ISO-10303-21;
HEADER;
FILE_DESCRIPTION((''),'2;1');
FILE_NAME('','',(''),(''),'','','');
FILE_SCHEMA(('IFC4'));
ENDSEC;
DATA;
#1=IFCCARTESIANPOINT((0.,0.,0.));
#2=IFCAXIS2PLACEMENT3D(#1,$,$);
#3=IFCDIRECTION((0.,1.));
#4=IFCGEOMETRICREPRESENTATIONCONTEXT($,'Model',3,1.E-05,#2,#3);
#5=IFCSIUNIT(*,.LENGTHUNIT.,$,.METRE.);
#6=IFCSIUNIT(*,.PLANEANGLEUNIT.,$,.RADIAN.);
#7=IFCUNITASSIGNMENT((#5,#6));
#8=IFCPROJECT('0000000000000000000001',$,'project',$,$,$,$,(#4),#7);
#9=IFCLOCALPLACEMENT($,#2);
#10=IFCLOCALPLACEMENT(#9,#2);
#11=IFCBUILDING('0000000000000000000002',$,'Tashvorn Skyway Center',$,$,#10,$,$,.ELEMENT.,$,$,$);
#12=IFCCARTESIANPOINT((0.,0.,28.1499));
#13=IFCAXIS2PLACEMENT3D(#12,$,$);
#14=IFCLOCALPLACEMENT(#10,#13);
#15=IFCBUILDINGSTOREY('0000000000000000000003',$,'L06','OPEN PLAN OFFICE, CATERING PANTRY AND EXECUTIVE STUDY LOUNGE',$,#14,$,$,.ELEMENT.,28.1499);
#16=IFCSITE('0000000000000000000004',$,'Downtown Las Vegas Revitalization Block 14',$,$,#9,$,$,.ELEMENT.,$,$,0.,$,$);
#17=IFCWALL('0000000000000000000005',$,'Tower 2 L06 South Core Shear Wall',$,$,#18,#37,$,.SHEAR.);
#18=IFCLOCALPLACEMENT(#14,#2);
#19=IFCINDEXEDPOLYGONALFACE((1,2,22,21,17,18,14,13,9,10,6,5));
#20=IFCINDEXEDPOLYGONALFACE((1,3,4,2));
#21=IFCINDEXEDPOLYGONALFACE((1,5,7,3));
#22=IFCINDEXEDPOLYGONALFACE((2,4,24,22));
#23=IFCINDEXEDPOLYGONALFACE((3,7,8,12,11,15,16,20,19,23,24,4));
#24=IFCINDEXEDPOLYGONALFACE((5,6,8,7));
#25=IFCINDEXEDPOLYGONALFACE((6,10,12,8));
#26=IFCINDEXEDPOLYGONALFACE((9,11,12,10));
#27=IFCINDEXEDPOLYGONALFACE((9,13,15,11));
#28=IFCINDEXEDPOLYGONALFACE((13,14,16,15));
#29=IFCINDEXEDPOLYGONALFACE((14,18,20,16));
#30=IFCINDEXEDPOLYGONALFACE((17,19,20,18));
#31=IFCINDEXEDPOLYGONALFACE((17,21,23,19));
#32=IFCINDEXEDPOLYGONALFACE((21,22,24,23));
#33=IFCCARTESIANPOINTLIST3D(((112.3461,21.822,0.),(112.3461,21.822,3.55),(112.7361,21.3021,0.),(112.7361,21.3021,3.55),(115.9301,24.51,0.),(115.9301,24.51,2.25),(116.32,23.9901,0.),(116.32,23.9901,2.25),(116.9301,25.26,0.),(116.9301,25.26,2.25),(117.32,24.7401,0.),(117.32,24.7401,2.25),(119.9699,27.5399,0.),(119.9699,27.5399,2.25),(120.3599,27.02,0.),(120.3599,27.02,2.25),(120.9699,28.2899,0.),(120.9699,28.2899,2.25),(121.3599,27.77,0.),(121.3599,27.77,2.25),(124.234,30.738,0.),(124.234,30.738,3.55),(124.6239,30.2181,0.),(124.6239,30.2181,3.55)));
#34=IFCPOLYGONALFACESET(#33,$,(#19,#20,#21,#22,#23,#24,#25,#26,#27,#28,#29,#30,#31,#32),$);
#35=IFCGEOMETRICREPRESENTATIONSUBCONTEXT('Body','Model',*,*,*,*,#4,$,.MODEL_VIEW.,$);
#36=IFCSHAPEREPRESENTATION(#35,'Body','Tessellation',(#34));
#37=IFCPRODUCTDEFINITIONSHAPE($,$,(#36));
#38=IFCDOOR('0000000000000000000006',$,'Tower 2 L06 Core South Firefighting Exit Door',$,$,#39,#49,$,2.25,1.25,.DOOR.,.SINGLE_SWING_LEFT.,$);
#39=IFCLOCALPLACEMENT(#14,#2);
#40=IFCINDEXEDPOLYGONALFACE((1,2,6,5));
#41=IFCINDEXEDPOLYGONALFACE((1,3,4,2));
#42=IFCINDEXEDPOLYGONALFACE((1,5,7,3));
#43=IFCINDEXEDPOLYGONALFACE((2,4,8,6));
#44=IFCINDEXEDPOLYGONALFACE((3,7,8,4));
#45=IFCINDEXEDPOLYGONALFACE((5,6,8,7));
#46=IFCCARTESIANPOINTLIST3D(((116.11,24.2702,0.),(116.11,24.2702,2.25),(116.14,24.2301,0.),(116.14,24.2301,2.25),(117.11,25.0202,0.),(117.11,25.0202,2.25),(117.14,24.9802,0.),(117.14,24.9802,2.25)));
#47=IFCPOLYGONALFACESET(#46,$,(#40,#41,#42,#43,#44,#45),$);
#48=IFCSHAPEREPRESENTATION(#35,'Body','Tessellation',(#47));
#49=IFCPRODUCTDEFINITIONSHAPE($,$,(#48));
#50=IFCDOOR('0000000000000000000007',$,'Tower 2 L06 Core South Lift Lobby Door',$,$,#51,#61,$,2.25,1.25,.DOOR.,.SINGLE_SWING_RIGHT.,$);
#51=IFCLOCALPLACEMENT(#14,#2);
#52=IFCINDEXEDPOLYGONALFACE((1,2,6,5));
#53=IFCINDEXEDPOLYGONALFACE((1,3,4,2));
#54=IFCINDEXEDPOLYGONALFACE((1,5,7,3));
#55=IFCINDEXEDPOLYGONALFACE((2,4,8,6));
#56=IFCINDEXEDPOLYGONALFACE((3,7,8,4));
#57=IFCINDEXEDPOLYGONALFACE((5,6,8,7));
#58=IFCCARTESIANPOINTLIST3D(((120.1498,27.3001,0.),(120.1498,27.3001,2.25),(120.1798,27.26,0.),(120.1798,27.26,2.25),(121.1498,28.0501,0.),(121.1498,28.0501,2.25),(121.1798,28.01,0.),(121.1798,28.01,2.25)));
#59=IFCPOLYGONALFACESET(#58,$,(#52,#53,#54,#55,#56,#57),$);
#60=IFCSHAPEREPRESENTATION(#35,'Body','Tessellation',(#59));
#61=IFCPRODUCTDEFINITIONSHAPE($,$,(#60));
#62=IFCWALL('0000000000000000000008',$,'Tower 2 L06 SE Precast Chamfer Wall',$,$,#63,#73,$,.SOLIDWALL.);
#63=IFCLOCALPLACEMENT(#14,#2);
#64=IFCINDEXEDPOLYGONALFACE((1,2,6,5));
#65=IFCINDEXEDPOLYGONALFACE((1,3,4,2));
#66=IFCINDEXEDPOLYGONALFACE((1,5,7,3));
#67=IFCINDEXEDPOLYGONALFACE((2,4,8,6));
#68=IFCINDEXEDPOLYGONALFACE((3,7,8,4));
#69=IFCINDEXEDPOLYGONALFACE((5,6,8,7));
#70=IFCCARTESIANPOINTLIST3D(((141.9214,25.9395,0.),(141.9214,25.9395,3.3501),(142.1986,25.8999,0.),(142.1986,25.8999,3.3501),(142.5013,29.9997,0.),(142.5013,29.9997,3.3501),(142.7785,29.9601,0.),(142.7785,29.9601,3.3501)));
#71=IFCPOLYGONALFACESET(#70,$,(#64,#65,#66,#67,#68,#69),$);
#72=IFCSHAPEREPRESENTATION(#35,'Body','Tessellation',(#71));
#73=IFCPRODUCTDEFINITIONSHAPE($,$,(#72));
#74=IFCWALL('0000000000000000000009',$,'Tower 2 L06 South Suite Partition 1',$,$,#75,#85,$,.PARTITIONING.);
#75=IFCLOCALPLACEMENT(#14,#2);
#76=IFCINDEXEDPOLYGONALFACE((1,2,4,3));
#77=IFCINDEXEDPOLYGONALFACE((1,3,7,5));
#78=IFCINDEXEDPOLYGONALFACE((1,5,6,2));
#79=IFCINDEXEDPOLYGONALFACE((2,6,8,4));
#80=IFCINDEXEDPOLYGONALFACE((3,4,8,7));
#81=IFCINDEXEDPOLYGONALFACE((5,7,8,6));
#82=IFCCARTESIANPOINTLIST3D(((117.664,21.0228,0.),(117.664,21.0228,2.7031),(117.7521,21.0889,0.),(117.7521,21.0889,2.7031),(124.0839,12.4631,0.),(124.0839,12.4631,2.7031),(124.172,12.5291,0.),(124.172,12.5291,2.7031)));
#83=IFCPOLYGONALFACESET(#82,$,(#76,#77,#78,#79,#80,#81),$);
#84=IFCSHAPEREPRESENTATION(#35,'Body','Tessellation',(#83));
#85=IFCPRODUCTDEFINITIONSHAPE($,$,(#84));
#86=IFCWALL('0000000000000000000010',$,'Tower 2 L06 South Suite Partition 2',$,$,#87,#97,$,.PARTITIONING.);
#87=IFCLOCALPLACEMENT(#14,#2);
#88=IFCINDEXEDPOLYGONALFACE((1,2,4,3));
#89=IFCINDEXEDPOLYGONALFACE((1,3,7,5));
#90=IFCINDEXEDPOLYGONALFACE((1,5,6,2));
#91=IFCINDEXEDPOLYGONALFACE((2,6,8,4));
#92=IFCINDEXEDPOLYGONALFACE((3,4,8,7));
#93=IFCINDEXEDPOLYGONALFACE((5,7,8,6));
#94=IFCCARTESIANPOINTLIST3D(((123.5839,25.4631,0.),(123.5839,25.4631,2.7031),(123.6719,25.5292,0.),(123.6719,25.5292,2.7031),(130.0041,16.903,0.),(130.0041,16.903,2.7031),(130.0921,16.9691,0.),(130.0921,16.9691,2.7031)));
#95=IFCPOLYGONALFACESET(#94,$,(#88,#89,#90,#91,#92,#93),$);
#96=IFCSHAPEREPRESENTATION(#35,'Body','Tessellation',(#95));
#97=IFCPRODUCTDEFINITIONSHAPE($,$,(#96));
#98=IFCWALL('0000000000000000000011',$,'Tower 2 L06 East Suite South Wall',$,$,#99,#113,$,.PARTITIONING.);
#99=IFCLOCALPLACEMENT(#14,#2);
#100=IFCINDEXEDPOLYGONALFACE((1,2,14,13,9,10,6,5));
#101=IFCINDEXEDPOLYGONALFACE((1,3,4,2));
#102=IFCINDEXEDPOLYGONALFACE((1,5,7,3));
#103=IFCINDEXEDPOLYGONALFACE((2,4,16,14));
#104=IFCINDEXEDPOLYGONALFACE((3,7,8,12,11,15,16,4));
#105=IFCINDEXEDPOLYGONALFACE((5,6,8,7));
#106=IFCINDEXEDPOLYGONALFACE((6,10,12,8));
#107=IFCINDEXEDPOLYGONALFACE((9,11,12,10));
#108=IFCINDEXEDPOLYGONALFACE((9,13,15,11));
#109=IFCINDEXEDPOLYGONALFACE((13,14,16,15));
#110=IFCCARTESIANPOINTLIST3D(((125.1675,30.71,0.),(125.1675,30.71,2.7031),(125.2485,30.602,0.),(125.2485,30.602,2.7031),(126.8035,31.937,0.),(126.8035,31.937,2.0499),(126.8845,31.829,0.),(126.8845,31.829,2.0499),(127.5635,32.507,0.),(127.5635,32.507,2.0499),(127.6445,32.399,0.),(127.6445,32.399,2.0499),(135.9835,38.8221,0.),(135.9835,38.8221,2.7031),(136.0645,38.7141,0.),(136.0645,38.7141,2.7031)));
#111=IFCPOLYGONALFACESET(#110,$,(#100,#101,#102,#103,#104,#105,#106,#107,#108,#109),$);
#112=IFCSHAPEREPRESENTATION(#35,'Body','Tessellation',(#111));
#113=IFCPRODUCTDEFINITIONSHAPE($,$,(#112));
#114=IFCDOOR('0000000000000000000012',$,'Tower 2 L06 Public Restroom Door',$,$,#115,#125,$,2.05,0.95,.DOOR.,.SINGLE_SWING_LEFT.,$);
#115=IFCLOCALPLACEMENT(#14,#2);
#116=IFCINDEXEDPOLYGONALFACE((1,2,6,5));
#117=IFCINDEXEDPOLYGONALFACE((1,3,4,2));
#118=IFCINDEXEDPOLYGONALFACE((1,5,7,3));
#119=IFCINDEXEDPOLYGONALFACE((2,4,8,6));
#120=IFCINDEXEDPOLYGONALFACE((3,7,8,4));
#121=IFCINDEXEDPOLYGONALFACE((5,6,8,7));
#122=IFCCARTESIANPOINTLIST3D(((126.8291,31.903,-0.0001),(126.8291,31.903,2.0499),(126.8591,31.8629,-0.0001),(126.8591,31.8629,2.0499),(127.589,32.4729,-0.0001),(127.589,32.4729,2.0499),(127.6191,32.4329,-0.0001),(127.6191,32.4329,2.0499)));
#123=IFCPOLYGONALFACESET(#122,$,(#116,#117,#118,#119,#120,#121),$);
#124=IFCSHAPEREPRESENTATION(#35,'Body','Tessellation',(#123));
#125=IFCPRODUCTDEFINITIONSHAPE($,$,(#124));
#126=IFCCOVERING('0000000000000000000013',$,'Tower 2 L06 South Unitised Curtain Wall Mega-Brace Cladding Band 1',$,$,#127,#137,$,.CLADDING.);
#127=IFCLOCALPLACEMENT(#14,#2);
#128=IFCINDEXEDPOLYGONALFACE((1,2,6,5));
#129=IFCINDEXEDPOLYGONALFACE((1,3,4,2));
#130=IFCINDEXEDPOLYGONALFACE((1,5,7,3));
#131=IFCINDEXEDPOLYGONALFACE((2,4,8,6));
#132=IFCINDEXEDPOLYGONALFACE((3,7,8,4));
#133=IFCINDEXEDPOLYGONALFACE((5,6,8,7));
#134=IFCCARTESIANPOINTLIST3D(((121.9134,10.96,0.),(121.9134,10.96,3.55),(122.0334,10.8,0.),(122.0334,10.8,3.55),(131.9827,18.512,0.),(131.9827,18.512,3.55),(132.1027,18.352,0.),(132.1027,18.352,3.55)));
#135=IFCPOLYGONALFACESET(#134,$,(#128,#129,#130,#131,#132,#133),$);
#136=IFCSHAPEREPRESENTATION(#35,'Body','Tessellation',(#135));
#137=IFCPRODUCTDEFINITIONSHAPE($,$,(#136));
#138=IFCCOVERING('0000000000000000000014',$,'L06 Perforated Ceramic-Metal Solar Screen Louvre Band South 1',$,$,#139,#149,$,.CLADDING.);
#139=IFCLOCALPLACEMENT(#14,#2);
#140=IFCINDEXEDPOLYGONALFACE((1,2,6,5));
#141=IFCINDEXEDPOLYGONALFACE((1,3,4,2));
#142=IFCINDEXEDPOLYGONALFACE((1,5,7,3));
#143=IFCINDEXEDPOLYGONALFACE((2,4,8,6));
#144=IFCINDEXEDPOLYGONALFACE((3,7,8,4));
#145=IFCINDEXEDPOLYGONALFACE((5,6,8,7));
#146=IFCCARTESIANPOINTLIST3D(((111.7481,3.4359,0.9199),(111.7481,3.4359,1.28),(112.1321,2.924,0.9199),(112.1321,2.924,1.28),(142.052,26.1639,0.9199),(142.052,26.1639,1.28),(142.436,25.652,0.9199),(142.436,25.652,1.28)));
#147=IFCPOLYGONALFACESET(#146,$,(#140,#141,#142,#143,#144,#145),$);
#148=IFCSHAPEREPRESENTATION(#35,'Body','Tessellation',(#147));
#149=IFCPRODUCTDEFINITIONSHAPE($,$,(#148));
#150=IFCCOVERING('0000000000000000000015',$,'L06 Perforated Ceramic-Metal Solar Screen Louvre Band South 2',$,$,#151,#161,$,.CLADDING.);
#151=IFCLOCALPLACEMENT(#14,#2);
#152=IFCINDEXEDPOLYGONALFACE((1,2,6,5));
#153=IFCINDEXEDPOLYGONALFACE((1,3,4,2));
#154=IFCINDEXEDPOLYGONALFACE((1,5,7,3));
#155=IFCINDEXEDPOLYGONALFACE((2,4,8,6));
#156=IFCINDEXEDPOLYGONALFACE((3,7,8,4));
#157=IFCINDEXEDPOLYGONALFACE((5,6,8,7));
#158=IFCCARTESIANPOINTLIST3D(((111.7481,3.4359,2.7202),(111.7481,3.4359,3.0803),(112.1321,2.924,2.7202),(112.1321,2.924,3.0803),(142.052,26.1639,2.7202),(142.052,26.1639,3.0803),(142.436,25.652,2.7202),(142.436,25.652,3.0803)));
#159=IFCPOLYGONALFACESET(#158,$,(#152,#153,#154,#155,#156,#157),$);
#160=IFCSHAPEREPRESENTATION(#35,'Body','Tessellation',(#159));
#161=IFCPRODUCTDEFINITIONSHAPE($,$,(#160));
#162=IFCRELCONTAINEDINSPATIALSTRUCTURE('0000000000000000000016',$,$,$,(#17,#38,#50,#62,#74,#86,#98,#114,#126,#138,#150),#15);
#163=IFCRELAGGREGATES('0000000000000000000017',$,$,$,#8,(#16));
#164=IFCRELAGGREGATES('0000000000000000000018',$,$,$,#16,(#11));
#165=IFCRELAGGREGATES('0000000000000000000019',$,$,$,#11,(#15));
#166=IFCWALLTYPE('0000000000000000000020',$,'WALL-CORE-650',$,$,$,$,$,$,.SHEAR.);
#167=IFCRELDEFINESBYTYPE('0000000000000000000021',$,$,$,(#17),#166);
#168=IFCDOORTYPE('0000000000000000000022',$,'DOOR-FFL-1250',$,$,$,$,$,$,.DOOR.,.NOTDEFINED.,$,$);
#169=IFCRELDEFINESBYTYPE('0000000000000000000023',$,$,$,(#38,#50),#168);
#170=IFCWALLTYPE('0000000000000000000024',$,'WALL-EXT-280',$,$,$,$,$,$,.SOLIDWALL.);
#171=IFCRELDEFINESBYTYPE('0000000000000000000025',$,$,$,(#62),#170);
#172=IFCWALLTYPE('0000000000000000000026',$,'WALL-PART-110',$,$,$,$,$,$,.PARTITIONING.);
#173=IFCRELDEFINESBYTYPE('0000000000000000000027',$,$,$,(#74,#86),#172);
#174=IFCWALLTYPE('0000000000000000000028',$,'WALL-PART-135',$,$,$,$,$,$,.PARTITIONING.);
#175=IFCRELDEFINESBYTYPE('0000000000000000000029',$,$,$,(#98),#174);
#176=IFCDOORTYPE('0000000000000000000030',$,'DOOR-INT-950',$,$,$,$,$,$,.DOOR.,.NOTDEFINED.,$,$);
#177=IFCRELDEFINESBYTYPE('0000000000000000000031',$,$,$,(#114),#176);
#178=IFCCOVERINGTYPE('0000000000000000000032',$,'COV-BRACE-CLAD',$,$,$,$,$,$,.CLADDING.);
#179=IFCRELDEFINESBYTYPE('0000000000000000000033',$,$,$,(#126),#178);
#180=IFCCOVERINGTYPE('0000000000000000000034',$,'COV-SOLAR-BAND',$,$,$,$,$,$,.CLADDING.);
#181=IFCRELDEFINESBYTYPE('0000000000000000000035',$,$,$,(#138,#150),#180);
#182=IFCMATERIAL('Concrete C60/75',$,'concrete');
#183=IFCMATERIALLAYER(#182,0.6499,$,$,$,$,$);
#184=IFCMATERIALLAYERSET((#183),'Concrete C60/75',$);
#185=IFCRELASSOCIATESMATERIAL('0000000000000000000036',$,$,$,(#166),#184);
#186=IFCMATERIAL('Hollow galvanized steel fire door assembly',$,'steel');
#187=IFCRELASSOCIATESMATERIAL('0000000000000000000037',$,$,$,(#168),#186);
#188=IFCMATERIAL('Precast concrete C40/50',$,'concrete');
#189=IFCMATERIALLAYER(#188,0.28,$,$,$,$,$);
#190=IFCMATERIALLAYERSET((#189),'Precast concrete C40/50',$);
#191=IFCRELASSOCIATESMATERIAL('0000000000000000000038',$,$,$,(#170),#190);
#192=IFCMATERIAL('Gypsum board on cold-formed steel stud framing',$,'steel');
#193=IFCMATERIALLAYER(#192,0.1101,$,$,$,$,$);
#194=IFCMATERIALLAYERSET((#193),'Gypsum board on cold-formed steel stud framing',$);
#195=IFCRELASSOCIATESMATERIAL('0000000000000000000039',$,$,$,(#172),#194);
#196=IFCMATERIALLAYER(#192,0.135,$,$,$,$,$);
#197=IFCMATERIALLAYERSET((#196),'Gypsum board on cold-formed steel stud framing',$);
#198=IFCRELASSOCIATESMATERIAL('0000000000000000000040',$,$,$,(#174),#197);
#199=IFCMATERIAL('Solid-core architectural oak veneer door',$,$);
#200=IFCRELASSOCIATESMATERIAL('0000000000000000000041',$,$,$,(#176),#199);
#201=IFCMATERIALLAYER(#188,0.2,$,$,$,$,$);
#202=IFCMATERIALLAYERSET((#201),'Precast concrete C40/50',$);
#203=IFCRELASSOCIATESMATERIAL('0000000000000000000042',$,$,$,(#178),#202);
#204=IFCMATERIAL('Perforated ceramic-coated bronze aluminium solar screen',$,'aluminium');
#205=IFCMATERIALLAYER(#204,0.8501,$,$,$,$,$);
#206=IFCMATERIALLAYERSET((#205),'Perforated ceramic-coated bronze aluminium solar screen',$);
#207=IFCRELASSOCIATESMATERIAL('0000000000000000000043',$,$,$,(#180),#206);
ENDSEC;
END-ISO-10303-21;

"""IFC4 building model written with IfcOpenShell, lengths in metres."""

from ifc_helpers import new_model, si_unit, direction, frame, frame_2d, origin, origin_2d, place, context, subcontext, project, spatial, rectangle, extrude, material, layer, layer_set, type_object, element, fill, save


model = new_model("IFC4")

# Units and contexts
model_context = context("Model", 3, precision=1e-05, world=origin(), true_north=direction((0.0, 1.0)))
body_context = subcontext(model_context, "Body", "Model", "MODEL_VIEW")
ifc_project = project(units=[si_unit("LENGTHUNIT", "METRE"), si_unit("PLANEANGLEUNIT", "RADIAN")], contexts=[model_context])

# Site, building, storey
site_placement = place(None, origin())
site = spatial("IfcSite", under=ifc_project, at=site_placement, Name="Downtown Las Vegas Revitalization Block 14", CompositionType="ELEMENT", RefElevation=0.0)
building_placement = place(site_placement, origin())
building = spatial("IfcBuilding", under=site, at=building_placement, Name="Tashvorn Skyway Center", CompositionType="ELEMENT")
storey_placement = place(building_placement, frame((0.0, 0.0, 28.1499)))
storey = spatial("IfcBuildingStorey", under=building, at=storey_placement, Name="L06", Description="OPEN PLAN OFFICE, CATERING PANTRY AND EXECUTIVE STUDY LOUNGE", CompositionType="ELEMENT", Elevation=28.1499)

# Wall, openings, doors
ifc_material_1 = material(Name="Concrete C60/75", Category="concrete")
ifc_layer_1 = layer(ifc_material_1, 0.6499)
ifc_layer_set_1 = layer_set([ifc_layer_1], Name="Concrete C60/75")
wall_type_1 = type_object("IfcWallType", Name="WALL-CORE-650", PredefinedType="SHEAR", material=ifc_layer_set_1)
wall_1_placement = place(storey_placement, frame((124.429, 30.478, 0.0), z_axis=(0.0, 0.0, 1.0), x_axis=(-0.799998, -0.600003, 0.0)))
wall_1 = element("IfcWall", 1, at=wall_1_placement, inside=storey, type_object=wall_type_1, Name="Tower 2 L06 South Core Shear Wall", PredefinedType="SHEAR", context=body_context, shape_type="SweptSolid", body=[
    extrude(rectangle(XDim=14.8599, YDim=0.6499, at=frame_2d((7.4299, 0.0))), origin(), (0.0, 0.0, 1.0), 3.55),
])
opening_1_placement = place(wall_1_placement, frame((9.1299, 0.0, 0.0)))
opening_1 = element("IfcOpeningElement", 2, at=opening_1_placement, cuts=wall_1, PredefinedType="OPENING", context=body_context, shape_type="SweptSolid", body=[
    extrude(rectangle(XDim=1.25, YDim=2.25, at=frame_2d((0.625, 1.125))), frame((0.0, 0.335, 0.0), z_axis=(0.0, -1.0, 0.0), x_axis=(1.0, 0.0, 0.0)), (0.0, 0.0, 1.0), 0.6699),
])
opening_2_placement = place(wall_1_placement, frame((4.0801, 0.0, 0.0)))
opening_2 = element("IfcOpeningElement", 3, at=opening_2_placement, cuts=wall_1, PredefinedType="OPENING", context=body_context, shape_type="SweptSolid", body=[
    extrude(rectangle(XDim=1.25, YDim=2.25, at=frame_2d((0.625, 1.125))), frame((0.0, 0.335, 0.0), z_axis=(0.0, -1.0, 0.0), x_axis=(1.0, 0.0, 0.0)), (0.0, 0.0, 1.0), 0.6699),
])
ifc_material_2 = material(Name="Hollow galvanized steel fire door assembly", Category="steel")
door_type_1 = type_object("IfcDoorType", Name="DOOR-FFL-1250", OperationType="NOTDEFINED", PredefinedType="DOOR", material=ifc_material_2)
door_1_placement = place(opening_1_placement, origin())
door_1 = element("IfcDoor", 4, at=door_1_placement, inside=storey, type_object=door_type_1, Name="Tower 2 L06 Core South Firefighting Exit Door", OperationType="SINGLE_SWING_LEFT", OverallHeight=2.25, OverallWidth=1.25, PredefinedType="DOOR", context=body_context, shape_type="SweptSolid", body=[
    extrude(rectangle(XDim=1.25, YDim=2.25, at=frame_2d((0.625, 1.125))), frame((0.0, 0.0249, 0.0), z_axis=(0.0, -1.0, 0.0), x_axis=(1.0, 0.0, 0.0)), (0.0, 0.0, 1.0), 0.05),
])
fill(opening_1, door_1)
door_2_placement = place(opening_2_placement, origin())
door_2 = element("IfcDoor", 5, at=door_2_placement, inside=storey, type_object=door_type_1, Name="Tower 2 L06 Core South Lift Lobby Door", OperationType="SINGLE_SWING_RIGHT", OverallHeight=2.25, OverallWidth=1.25, PredefinedType="DOOR", context=body_context, shape_type="SweptSolid", body=[
    extrude(rectangle(XDim=1.25, YDim=2.25, at=frame_2d((0.625, 1.125))), frame((0.0, 0.0249, 0.0), z_axis=(0.0, -1.0, 0.0), x_axis=(1.0, 0.0, 0.0)), (0.0, 0.0, 1.0), 0.05),
])
fill(opening_2, door_2)

# Walls
ifc_material_3 = material(Name="Precast concrete C40/50", Category="concrete")
ifc_layer_2 = layer(ifc_material_3, 0.28)
ifc_layer_set_2 = layer_set([ifc_layer_2], Name="Precast concrete C40/50")
wall_type_2 = type_object("IfcWallType", Name="WALL-EXT-280", PredefinedType="SOLIDWALL", material=ifc_layer_set_2)
wall_2_placement = place(storey_placement, frame((142.6399, 29.98, 0.0), z_axis=(0.0, 0.0, 1.0), x_axis=(-0.14138, -0.989955, 0.0)))
element("IfcWall", 6, at=wall_2_placement, inside=storey, type_object=wall_type_2, Name="Tower 2 L06 SE Precast Chamfer Wall", PredefinedType="SOLIDWALL", context=body_context, shape_type="SweptSolid", body=[
    extrude(rectangle(XDim=4.1013, YDim=0.28, at=frame_2d((2.0508, 0.0))), origin(), (0.0, 0.0, 1.0), 3.3501),
])
ifc_material_4 = material(Name="Gypsum board on cold-formed steel stud framing", Category="steel")
ifc_layer_3 = layer(ifc_material_4, 0.1101)
ifc_layer_set_3 = layer_set([ifc_layer_3], Name="Gypsum board on cold-formed steel stud framing")
wall_type_3 = type_object("IfcWallType", Name="WALL-PART-110", PredefinedType="PARTITIONING", material=ifc_layer_set_3)
wall_3_placement = place(storey_placement, frame((124.1279, 12.4961, 0.0), z_axis=(0.0, 0.0, 1.0), x_axis=(-0.600004, 0.799997, 0.0)))
element("IfcWall", 7, at=wall_3_placement, inside=storey, type_object=wall_type_3, Name="Tower 2 L06 South Suite Partition 1", PredefinedType="PARTITIONING", context=body_context, shape_type="SweptSolid", body=[
    extrude(rectangle(XDim=10.6997, YDim=0.1101, at=frame_2d((5.3499, 0.0))), origin(), (0.0, 0.0, 1.0), 2.7031),
])
wall_4_placement = place(storey_placement, frame((130.0481, 16.936, 0.0), z_axis=(0.0, 0.0, 1.0), x_axis=(-0.600007, 0.799995, 0.0)))
element("IfcWall", 8, at=wall_4_placement, inside=storey, type_object=wall_type_3, Name="Tower 2 L06 South Suite Partition 2", PredefinedType="PARTITIONING", context=body_context, shape_type="SweptSolid", body=[
    extrude(rectangle(XDim=10.7002, YDim=0.1101, at=frame_2d((5.3501, 0.0))), origin(), (0.0, 0.0, 1.0), 2.7031),
])

# Wall, opening, door
ifc_layer_4 = layer(ifc_material_4, 0.135)
ifc_layer_set_4 = layer_set([ifc_layer_4], Name="Gypsum board on cold-formed steel stud framing")
wall_type_4 = type_object("IfcWallType", Name="WALL-PART-135", PredefinedType="PARTITIONING", material=ifc_layer_set_4)
wall_5_placement = place(storey_placement, frame((125.208, 30.656, 0.0), z_axis=(0.0, 0.0, 1.0), x_axis=(0.799996, 0.600006, 0.0)))
wall_5 = element("IfcWall", 9, at=wall_5_placement, inside=storey, type_object=wall_type_4, Name="Tower 2 L06 East Suite South Wall", PredefinedType="PARTITIONING", context=body_context, shape_type="SweptSolid", body=[
    extrude(rectangle(XDim=13.52, YDim=0.135, at=frame_2d((6.76, 0.0))), origin(), (0.0, 0.0, 1.0), 2.7031),
])
opening_3_placement = place(wall_5_placement, frame((2.0449, 0.0, 0.0)))
opening_3 = element("IfcOpeningElement", 10, at=opening_3_placement, cuts=wall_5, PredefinedType="OPENING", context=body_context, shape_type="SweptSolid", body=[
    extrude(rectangle(XDim=0.95, YDim=2.05, at=frame_2d((0.4751, 1.0249))), frame((0.0, 0.0774, 0.0), z_axis=(0.0, -1.0, 0.0), x_axis=(1.0, 0.0, 0.0)), (0.0, 0.0, 1.0), 0.155),
])
ifc_material_5 = material(Name="Solid-core architectural oak veneer door")
door_type_2 = type_object("IfcDoorType", Name="DOOR-INT-950", OperationType="NOTDEFINED", PredefinedType="DOOR", material=ifc_material_5)
door_3_placement = place(opening_3_placement, origin())
door_3 = element("IfcDoor", 11, at=door_3_placement, inside=storey, type_object=door_type_2, Name="Tower 2 L06 Public Restroom Door", OperationType="SINGLE_SWING_LEFT", OverallHeight=2.05, OverallWidth=0.95, PredefinedType="DOOR", context=body_context, shape_type="SweptSolid", body=[
    extrude(rectangle(XDim=0.95, YDim=2.05, at=frame_2d((0.4751, 1.0249))), frame((0.0, 0.0249, 0.0), z_axis=(0.0, -1.0, 0.0), x_axis=(1.0, 0.0, 0.0)), (0.0, 0.0, 1.0), 0.05),
])
fill(opening_3, door_3)

# Coverings
ifc_layer_5 = layer(ifc_material_3, 0.2)
ifc_layer_set_5 = layer_set([ifc_layer_5], Name="Precast concrete C40/50")
covering_type_1 = type_object("IfcCoveringType", Name="COV-BRACE-CLAD", PredefinedType="CLADDING", material=ifc_layer_set_5)
covering_1_placement = place(storey_placement, frame((127.0081, 14.656, 0.0), z_axis=(0.0, 0.0, 1.0), x_axis=(-0.8, -0.6, 0.0)))
element("IfcCovering", 12, at=covering_1_placement, inside=storey, type_object=covering_type_1, Name="Tower 2 L06 South Unitised Curtain Wall Mega-Brace Cladding Band 1", PredefinedType="CLADDING", context=body_context, shape_type="SweptSolid", body=[
    extrude(rectangle(XDim=12.5867, YDim=0.2, at=origin_2d()), origin(), (0.0, 0.0, 1.0), 3.55),
])
ifc_material_6 = material(Name="Perforated ceramic-coated bronze aluminium solar screen", Category="aluminium")
ifc_layer_6 = layer(ifc_material_6, 0.8501)
ifc_layer_set_6 = layer_set([ifc_layer_6], Name="Perforated ceramic-coated bronze aluminium solar screen")
covering_type_2 = type_object("IfcCoveringType", Name="COV-SOLAR-BAND", PredefinedType="CLADDING", material=ifc_layer_set_6)
for number, where, z_axis, x_axis, name in (
    (13, (127.092, 14.5439, 0.9199), (0.0, 0.0, 1.0), (-0.8, -0.6, 0.0), "L06 Perforated Ceramic-Metal Solar Screen Louvre Band South 1"),
    (14, (127.092, 14.5439, 2.7202), (0.0, 0.0, 1.0), (-0.8, -0.6, 0.0), "L06 Perforated Ceramic-Metal Solar Screen Louvre Band South 2"),
):
    element("IfcCovering", number, at=place(storey_placement, frame(where, z_axis=z_axis, x_axis=x_axis)), inside=storey, type_object=covering_type_2, Name=name, PredefinedType="CLADDING", context=body_context, shape_type="SweptSolid", body=[
        extrude(rectangle(XDim=37.8799, YDim=0.6399, at=origin_2d()), origin(), (0.0, 0.0, 1.0), 0.3601),
    ])

save(model, "model.ifc")
